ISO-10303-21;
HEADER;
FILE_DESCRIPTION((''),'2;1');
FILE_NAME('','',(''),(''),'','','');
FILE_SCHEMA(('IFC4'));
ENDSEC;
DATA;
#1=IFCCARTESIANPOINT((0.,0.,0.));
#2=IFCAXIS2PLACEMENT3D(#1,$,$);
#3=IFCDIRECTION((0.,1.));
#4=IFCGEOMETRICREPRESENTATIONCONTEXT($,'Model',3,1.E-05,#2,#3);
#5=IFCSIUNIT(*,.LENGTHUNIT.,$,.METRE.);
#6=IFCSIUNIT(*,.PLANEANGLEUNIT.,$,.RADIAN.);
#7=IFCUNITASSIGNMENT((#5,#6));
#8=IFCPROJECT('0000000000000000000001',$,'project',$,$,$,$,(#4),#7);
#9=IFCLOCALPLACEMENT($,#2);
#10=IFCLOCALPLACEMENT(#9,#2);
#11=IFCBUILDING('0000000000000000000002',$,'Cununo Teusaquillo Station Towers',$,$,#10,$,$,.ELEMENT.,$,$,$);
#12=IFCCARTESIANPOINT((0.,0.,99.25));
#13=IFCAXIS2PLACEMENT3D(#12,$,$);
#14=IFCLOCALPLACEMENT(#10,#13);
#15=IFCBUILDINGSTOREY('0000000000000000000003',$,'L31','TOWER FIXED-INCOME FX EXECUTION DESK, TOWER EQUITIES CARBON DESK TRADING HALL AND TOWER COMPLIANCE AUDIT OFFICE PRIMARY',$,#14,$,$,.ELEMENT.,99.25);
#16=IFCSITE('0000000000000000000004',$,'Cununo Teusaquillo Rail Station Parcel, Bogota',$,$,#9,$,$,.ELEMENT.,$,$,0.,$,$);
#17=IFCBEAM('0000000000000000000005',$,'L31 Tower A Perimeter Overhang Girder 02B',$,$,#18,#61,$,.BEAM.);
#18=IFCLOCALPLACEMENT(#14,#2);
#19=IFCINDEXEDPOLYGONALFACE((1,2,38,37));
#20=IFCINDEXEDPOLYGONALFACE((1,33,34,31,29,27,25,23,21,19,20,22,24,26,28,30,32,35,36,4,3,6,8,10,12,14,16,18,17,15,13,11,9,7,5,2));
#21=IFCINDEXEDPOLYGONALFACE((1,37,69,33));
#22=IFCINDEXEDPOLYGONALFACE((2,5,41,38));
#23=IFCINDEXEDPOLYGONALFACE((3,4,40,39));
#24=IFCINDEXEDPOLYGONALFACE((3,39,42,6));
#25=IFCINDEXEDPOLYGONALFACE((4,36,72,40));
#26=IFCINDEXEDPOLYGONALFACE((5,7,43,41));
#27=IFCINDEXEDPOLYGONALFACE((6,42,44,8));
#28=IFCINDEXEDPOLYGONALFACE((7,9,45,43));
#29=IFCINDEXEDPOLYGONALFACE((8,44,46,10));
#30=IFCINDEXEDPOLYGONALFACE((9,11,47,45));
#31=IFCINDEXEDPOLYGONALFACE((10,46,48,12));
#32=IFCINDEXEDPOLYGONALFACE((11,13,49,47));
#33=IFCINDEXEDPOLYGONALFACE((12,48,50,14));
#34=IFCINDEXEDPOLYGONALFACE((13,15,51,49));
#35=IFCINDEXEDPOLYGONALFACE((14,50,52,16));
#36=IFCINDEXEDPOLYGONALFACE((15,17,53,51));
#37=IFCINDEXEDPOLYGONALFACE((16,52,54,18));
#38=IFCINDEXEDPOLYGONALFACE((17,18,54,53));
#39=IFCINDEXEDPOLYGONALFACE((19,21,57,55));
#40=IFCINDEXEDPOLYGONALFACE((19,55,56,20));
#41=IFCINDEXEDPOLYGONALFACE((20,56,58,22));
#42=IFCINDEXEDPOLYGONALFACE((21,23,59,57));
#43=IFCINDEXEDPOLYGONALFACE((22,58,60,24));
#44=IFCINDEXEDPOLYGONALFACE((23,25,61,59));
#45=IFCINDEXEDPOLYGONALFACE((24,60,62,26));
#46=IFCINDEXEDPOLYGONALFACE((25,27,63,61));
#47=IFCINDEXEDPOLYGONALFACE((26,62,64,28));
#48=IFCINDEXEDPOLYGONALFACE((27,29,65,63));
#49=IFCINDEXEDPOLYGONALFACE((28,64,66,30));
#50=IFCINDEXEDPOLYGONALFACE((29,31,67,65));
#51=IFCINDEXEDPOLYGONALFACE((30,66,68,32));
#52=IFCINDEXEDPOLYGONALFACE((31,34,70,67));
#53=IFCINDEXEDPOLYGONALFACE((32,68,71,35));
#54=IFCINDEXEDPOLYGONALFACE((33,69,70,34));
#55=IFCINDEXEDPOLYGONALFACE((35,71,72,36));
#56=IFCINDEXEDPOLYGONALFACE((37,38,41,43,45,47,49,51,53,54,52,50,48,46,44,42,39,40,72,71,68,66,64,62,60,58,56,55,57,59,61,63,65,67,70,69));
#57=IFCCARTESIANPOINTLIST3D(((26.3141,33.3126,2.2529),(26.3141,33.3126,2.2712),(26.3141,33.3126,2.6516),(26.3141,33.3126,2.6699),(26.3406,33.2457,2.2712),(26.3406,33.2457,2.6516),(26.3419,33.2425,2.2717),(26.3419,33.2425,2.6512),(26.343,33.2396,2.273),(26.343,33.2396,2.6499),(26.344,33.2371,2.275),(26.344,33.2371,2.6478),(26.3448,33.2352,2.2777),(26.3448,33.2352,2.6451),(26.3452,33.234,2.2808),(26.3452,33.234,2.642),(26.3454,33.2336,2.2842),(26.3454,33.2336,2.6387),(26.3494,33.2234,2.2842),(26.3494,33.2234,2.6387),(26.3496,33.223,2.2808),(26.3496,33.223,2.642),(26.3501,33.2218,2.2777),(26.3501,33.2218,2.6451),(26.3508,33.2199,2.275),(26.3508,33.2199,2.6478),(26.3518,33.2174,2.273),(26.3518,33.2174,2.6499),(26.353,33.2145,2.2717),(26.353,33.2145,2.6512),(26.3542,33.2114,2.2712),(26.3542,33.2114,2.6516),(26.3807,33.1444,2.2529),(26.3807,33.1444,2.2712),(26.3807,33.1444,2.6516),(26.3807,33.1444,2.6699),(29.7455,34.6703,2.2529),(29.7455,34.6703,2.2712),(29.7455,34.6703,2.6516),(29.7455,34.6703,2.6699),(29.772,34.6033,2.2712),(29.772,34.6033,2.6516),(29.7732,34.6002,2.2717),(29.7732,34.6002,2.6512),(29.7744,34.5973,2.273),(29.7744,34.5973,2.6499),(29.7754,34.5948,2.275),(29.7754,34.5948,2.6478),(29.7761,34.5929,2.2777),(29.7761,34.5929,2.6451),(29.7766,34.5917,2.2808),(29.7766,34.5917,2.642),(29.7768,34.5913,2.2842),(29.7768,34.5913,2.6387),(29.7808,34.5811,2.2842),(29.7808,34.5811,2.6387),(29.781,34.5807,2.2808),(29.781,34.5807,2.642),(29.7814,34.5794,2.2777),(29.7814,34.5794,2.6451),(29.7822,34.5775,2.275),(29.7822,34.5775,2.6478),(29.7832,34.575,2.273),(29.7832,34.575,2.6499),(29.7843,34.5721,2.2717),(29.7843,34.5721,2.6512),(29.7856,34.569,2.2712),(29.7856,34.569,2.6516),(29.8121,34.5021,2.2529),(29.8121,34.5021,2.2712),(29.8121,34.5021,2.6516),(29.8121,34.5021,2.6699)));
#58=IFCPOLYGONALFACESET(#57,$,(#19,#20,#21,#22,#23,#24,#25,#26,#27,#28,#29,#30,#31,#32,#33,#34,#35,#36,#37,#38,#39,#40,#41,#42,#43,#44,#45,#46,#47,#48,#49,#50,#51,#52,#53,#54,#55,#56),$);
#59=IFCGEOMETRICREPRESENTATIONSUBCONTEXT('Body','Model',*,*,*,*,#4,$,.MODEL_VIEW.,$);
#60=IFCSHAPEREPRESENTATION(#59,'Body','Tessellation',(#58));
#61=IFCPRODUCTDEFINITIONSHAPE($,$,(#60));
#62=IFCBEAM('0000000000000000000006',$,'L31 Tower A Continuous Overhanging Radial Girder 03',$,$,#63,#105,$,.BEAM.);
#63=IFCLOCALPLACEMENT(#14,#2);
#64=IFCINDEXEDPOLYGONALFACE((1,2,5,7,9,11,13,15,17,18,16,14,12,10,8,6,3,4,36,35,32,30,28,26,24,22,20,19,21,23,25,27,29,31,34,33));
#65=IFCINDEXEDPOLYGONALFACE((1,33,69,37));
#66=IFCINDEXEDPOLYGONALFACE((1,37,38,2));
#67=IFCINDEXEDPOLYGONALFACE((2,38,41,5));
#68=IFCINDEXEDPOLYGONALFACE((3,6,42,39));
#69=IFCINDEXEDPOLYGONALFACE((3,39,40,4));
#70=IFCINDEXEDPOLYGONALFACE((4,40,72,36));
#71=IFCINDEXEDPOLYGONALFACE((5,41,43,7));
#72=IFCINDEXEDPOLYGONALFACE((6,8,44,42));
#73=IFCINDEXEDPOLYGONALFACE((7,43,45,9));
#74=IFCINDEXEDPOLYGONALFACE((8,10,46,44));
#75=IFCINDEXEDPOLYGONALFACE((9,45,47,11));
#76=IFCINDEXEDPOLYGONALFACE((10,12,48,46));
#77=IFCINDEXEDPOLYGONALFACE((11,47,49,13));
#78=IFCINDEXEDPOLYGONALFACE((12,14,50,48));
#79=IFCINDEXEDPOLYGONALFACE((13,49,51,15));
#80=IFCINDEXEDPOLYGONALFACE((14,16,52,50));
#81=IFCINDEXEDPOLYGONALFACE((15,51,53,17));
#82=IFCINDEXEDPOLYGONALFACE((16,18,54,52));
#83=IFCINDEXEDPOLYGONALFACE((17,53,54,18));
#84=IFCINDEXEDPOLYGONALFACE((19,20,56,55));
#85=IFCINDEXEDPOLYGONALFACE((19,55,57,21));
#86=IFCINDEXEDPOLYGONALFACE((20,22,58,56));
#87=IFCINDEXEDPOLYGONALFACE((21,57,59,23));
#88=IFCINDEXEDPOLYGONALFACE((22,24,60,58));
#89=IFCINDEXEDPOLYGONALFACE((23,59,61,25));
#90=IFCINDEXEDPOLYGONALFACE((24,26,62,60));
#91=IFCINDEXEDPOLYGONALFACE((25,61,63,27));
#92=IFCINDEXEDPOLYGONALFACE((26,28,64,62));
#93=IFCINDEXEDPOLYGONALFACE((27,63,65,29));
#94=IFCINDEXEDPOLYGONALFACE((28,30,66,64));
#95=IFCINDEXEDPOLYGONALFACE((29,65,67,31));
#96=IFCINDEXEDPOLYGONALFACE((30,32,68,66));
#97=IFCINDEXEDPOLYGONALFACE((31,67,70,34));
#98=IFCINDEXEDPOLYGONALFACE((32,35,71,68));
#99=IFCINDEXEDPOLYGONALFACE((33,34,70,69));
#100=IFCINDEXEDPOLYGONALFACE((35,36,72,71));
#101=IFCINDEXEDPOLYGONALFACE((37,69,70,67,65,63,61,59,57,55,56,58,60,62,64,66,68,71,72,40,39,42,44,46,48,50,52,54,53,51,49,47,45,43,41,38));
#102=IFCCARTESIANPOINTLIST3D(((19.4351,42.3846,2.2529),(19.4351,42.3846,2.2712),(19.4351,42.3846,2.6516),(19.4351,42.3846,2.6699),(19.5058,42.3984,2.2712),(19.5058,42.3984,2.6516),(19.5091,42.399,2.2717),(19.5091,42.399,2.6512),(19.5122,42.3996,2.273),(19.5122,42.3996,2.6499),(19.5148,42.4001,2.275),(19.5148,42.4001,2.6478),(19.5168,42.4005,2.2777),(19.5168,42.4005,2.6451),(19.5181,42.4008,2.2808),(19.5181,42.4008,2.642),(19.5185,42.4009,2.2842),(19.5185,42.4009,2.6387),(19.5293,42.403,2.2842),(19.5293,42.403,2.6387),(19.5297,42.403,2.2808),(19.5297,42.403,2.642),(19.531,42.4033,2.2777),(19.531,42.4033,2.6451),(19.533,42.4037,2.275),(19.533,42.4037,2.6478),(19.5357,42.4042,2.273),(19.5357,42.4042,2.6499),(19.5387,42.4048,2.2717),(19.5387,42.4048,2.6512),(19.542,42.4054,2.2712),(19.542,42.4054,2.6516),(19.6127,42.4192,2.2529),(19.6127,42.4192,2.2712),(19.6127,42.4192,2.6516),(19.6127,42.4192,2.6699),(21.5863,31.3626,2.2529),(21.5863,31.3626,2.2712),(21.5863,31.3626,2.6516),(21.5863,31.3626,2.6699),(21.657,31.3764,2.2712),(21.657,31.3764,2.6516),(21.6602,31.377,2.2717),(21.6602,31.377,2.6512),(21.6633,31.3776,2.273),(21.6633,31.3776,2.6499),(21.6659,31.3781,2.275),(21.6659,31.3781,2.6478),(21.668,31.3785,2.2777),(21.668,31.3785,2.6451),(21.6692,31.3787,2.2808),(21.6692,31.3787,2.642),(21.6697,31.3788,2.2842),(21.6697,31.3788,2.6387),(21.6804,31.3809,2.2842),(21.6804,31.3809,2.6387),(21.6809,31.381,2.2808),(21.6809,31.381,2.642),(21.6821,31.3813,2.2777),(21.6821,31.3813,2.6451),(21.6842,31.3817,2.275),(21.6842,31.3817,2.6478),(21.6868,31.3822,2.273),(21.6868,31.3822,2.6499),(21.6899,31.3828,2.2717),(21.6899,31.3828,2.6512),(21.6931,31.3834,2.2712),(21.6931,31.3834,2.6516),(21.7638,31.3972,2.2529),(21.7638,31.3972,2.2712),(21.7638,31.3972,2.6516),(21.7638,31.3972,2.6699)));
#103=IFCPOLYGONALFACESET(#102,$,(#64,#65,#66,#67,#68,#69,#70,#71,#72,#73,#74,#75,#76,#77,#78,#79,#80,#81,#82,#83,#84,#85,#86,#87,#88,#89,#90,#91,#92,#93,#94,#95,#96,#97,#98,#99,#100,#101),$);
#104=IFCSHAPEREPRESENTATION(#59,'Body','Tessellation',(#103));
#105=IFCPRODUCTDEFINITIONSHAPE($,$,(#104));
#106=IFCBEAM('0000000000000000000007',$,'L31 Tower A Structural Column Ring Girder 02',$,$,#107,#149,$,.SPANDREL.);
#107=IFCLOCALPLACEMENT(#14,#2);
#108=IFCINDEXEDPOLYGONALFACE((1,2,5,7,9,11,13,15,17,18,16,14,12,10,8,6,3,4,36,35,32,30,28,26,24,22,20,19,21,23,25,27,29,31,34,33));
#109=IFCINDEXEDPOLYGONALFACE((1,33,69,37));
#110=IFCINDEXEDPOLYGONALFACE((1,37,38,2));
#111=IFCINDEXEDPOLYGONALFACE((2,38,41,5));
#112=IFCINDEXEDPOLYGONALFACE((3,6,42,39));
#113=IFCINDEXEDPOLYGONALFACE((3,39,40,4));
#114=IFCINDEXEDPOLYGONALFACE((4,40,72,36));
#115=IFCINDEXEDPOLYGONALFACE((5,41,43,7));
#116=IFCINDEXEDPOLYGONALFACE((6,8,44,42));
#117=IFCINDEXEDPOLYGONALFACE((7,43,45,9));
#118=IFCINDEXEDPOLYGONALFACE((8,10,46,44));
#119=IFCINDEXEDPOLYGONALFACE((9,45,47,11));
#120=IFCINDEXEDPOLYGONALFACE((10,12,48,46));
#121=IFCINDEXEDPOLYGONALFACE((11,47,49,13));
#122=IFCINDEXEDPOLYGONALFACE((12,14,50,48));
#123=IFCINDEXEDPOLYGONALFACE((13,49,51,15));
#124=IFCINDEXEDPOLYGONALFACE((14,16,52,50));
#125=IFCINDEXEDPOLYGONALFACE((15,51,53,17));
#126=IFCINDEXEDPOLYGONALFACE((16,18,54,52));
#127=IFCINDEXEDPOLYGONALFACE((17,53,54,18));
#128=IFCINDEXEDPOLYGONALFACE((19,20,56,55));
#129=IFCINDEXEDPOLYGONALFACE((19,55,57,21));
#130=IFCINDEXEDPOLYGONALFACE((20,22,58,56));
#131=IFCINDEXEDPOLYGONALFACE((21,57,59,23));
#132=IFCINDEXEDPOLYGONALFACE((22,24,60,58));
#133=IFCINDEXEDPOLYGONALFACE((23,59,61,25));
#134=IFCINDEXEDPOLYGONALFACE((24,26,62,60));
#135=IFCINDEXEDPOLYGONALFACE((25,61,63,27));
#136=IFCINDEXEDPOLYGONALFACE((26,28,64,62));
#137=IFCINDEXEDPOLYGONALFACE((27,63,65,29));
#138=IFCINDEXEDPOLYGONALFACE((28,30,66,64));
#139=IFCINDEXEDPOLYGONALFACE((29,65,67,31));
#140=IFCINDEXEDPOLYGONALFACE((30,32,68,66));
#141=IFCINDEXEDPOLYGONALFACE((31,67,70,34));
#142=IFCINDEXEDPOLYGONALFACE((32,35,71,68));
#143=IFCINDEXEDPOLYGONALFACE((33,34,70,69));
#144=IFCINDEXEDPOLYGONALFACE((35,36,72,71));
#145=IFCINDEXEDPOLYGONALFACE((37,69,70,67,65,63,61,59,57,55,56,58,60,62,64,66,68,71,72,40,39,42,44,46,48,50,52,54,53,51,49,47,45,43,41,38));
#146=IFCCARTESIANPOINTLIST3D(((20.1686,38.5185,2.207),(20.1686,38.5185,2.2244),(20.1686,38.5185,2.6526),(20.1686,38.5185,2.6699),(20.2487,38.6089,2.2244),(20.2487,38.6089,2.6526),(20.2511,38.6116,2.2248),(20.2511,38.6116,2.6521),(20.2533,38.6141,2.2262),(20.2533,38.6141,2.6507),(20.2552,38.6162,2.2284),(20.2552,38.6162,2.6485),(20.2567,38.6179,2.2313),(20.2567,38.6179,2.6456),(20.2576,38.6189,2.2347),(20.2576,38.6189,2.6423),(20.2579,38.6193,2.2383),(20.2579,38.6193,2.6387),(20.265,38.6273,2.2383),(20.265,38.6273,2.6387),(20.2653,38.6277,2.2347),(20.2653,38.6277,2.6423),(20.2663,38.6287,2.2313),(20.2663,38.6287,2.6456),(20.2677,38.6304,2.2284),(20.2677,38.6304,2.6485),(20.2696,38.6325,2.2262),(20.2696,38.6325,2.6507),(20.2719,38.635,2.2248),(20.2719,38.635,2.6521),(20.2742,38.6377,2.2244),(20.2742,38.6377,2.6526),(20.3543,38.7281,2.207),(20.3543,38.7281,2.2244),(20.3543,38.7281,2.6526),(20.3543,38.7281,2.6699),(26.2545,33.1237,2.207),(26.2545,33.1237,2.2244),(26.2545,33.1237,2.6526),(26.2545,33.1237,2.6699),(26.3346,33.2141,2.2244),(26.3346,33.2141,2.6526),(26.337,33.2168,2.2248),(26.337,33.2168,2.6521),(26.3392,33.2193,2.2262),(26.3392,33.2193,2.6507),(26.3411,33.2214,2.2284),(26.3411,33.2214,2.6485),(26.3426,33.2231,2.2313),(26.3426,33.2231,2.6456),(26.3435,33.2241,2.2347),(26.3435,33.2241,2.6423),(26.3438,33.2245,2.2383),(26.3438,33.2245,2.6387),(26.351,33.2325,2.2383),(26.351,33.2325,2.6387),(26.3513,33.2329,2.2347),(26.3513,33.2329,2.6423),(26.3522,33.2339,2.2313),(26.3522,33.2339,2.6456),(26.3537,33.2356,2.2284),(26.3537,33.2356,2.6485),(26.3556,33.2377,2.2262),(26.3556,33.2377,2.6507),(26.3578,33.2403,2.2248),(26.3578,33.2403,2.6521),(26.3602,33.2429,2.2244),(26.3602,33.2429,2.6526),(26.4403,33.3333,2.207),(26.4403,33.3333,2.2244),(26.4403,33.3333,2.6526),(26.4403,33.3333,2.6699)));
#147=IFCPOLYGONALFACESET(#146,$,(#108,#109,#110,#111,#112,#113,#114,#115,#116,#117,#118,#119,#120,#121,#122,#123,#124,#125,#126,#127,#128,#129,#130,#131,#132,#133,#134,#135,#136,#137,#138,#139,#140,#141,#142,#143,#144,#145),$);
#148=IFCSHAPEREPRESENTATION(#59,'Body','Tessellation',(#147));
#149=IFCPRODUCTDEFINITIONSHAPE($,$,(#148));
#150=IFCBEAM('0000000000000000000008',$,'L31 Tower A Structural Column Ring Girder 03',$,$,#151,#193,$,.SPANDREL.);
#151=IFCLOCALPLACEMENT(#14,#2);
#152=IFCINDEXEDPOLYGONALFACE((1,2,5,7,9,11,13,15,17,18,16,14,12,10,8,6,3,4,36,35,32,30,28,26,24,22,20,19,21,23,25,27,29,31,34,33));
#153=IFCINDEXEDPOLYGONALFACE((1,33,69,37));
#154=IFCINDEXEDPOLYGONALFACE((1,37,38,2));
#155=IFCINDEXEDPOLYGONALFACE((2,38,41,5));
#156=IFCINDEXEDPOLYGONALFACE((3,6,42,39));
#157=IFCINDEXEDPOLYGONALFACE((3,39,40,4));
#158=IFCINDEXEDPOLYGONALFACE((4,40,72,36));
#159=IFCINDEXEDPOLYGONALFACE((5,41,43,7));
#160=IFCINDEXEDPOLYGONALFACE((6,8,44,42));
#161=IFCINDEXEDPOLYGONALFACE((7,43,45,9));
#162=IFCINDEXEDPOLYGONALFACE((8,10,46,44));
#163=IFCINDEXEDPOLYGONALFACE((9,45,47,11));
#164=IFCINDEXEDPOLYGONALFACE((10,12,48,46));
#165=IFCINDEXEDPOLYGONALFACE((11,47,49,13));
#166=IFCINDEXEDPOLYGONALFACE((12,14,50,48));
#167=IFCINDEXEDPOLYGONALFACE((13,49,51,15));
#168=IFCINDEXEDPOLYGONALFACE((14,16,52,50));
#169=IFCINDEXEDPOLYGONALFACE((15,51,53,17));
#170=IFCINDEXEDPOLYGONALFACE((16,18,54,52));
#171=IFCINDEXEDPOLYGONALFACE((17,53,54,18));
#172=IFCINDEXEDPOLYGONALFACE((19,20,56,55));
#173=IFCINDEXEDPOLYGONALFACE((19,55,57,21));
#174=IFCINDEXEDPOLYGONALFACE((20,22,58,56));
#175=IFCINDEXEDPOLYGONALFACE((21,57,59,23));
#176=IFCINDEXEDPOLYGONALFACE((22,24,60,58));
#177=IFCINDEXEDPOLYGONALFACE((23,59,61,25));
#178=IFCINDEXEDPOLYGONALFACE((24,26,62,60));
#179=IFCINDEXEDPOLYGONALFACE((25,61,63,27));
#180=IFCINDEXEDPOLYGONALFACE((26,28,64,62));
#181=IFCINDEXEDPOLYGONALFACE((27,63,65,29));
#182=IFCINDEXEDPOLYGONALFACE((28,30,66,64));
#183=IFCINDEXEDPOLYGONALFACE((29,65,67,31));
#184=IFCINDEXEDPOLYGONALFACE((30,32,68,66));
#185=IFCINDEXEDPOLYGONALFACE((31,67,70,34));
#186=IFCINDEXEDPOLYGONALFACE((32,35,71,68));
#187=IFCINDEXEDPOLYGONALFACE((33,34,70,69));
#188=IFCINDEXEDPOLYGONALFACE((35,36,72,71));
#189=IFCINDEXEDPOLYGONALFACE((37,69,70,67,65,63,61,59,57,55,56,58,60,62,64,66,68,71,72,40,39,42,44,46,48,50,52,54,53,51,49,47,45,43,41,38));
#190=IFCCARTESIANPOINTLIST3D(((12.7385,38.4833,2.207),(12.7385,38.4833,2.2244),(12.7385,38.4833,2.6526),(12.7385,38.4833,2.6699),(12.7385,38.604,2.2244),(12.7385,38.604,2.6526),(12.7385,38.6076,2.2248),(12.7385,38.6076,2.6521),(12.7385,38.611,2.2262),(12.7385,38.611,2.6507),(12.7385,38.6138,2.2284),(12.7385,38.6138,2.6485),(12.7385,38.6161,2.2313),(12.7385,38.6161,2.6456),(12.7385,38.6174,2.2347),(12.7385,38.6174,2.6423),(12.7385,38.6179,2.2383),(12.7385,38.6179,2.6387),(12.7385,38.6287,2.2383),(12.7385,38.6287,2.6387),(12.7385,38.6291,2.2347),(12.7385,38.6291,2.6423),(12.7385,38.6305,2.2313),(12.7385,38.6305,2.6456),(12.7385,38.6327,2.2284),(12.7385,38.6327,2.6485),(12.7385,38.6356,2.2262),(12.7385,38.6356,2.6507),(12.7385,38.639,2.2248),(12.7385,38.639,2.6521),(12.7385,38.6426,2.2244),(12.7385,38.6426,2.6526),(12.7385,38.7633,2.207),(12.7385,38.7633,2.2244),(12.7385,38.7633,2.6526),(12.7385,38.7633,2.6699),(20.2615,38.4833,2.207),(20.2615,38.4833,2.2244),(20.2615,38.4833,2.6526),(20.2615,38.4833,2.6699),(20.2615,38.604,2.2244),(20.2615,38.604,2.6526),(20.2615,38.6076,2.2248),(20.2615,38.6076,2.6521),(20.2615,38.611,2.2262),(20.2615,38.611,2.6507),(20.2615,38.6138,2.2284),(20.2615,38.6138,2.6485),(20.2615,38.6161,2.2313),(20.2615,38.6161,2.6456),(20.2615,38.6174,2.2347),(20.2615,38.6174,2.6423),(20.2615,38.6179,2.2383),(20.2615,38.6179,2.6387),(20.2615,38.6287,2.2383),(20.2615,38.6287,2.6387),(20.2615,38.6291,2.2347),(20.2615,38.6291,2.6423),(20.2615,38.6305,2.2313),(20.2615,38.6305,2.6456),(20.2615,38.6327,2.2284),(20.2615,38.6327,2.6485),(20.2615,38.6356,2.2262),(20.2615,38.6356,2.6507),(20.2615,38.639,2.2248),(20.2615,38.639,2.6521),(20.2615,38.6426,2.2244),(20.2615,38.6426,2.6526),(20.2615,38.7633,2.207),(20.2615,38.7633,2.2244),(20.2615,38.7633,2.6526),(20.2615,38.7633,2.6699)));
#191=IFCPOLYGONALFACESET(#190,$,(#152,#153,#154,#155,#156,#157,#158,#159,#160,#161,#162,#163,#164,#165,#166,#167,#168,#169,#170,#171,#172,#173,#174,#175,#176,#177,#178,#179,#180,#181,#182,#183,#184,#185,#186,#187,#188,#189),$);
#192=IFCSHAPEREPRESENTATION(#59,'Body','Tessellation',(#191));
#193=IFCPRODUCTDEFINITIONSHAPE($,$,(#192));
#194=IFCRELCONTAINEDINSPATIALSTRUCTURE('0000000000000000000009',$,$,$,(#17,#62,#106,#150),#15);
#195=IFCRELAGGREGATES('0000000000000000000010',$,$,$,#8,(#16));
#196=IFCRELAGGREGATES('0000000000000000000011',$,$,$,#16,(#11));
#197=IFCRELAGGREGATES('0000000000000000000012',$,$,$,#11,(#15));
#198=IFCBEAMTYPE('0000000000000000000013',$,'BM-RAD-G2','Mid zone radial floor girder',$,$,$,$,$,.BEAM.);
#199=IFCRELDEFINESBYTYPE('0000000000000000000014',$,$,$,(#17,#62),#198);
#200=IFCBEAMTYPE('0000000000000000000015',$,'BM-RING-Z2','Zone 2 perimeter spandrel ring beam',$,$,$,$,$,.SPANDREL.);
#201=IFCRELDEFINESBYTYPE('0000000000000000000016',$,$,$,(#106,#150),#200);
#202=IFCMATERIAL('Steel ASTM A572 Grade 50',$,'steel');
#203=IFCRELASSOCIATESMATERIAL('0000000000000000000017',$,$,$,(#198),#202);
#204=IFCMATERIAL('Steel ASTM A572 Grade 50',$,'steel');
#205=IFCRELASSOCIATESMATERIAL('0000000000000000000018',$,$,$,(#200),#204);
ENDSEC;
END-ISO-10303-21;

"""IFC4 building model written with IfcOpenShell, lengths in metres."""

from ifc_helpers import new_model, si_unit, direction, frame, origin, origin_2d, place, context, subcontext, project, spatial, i_section, extrude, material, material_profile, profile_set, type_object, element, save


model = new_model("IFC4")

# Units and contexts
model_context = context("Model", 3, precision=1e-05, world=origin(), true_north=direction((0.0, 1.0)))
body_context = subcontext(model_context, "Body", "Model", "MODEL_VIEW")
ifc_project = project(units=[si_unit("LENGTHUNIT", "METRE"), si_unit("PLANEANGLEUNIT", "RADIAN")], contexts=[model_context])

# Site, building, storey
site_placement = place(None, origin())
site = spatial("IfcSite", under=ifc_project, at=site_placement, Name="Cununo Teusaquillo Rail Station Parcel, Bogota", CompositionType="ELEMENT", RefElevation=0.0)
building_placement = place(site_placement, origin())
building = spatial("IfcBuilding", under=site, at=building_placement, Name="Cununo Teusaquillo Station Towers", CompositionType="ELEMENT")
storey_placement = place(building_placement, frame((0.0, 0.0, 99.25)))
storey = spatial("IfcBuildingStorey", under=building, at=storey_placement, Name="L31", Description="TOWER FIXED-INCOME FX EXECUTION DESK, TOWER EQUITIES CARBON DESK TRADING HALL AND TOWER COMPLIANCE AUDIT OFFICE PRIMARY", CompositionType="ELEMENT", Elevation=99.25)

# Beams
ifc_material_1 = material(Name="Steel ASTM A572 Grade 50", Category="steel")
ifc_material_profile_1 = material_profile(ifc_material_1, i_section(OverallWidth=0.1809, OverallDepth=0.417, WebThickness=0.011, FlangeThickness=0.0183, FilletRadius=0.0129, at=origin_2d()), Name="W16X57")
ifc_profile_set_1 = profile_set([ifc_material_profile_1], Name="Steel ASTM A572 Grade 50")
beam_type_1 = type_object("IfcBeamType", Name="BM-RAD-G2", Description="Mid zone radial floor girder", PredefinedType="BEAM", material=ifc_profile_set_1)
beam_1_placement = place(storey_placement, frame((26.3474, 33.2285, 2.4614), z_axis=(0.929862, 0.367909, 0.0), x_axis=(-0.367909, 0.929862, 0.0)))
element("IfcBeam", 1, at=beam_1_placement, inside=storey, type_object=beam_type_1, Name="L31 Tower A Perimeter Overhang Girder 02B", PredefinedType="BEAM", context=body_context, shape_type="SweptSolid", body=[
    extrude(i_section(OverallWidth=0.1809, OverallDepth=0.417, WebThickness=0.011, FlangeThickness=0.0183, FilletRadius=0.0129, at=origin_2d()), origin(), (0.0, 0.0, 1.0), 3.6902),
])
beam_2_placement = place(storey_placement, frame((21.675, 31.3799, 2.4614), z_axis=(-0.191553, 0.981482, 0.0), x_axis=(-0.981482, -0.191553, 0.0)))
element("IfcBeam", 2, at=beam_2_placement, inside=storey, type_object=beam_type_1, Name="L31 Tower A Continuous Overhanging Radial Girder 03", PredefinedType="BEAM", context=body_context, shape_type="SweptSolid", body=[
    extrude(i_section(OverallWidth=0.1809, OverallDepth=0.417, WebThickness=0.011, FlangeThickness=0.0183, FilletRadius=0.0129, at=origin_2d()), origin(), (0.0, 0.0, 1.0), 11.23),
])
ifc_material_2 = material(Name="Steel ASTM A572 Grade 50", Category="steel")
ifc_material_profile_2 = material_profile(ifc_material_2, i_section(OverallWidth=0.28, OverallDepth=0.4629, WebThickness=0.0107, FlangeThickness=0.0173, FilletRadius=0.0139, at=origin_2d()), Name="W18X76")
ifc_profile_set_2 = profile_set([ifc_material_profile_2], Name="Steel ASTM A572 Grade 50")
beam_type_2 = type_object("IfcBeamType", Name="BM-RING-Z2", Description="Zone 2 perimeter spandrel ring beam", PredefinedType="SPANDREL", material=ifc_profile_set_2)
beam_3_placement = place(storey_placement, frame((26.3474, 33.2285, 2.4385), z_axis=(-0.748321, 0.663337, 0.0), x_axis=(-0.663337, -0.748321, 0.0)))
element("IfcBeam", 3, at=beam_3_placement, inside=storey, type_object=beam_type_2, Name="L31 Tower A Structural Column Ring Girder 02", PredefinedType="SPANDREL", context=body_context, shape_type="SweptSolid", body=[
    extrude(i_section(OverallWidth=0.28, OverallDepth=0.4629, WebThickness=0.0107, FlangeThickness=0.0173, FilletRadius=0.0139, at=origin_2d()), origin(), (0.0, 0.0, 1.0), 8.1328),
])
beam_4_placement = place(storey_placement, frame((20.2615, 38.6233, 2.4385), z_axis=(-1.0, 0.0, 0.0), x_axis=(0.0, -1.0, 0.0)))
element("IfcBeam", 4, at=beam_4_placement, inside=storey, type_object=beam_type_2, Name="L31 Tower A Structural Column Ring Girder 03", PredefinedType="SPANDREL", context=body_context, shape_type="SweptSolid", body=[
    extrude(i_section(OverallWidth=0.28, OverallDepth=0.4629, WebThickness=0.0107, FlangeThickness=0.0173, FilletRadius=0.0139, at=origin_2d()), origin(), (0.0, 0.0, 1.0), 7.5229),
])

save(model, "model.ifc")
